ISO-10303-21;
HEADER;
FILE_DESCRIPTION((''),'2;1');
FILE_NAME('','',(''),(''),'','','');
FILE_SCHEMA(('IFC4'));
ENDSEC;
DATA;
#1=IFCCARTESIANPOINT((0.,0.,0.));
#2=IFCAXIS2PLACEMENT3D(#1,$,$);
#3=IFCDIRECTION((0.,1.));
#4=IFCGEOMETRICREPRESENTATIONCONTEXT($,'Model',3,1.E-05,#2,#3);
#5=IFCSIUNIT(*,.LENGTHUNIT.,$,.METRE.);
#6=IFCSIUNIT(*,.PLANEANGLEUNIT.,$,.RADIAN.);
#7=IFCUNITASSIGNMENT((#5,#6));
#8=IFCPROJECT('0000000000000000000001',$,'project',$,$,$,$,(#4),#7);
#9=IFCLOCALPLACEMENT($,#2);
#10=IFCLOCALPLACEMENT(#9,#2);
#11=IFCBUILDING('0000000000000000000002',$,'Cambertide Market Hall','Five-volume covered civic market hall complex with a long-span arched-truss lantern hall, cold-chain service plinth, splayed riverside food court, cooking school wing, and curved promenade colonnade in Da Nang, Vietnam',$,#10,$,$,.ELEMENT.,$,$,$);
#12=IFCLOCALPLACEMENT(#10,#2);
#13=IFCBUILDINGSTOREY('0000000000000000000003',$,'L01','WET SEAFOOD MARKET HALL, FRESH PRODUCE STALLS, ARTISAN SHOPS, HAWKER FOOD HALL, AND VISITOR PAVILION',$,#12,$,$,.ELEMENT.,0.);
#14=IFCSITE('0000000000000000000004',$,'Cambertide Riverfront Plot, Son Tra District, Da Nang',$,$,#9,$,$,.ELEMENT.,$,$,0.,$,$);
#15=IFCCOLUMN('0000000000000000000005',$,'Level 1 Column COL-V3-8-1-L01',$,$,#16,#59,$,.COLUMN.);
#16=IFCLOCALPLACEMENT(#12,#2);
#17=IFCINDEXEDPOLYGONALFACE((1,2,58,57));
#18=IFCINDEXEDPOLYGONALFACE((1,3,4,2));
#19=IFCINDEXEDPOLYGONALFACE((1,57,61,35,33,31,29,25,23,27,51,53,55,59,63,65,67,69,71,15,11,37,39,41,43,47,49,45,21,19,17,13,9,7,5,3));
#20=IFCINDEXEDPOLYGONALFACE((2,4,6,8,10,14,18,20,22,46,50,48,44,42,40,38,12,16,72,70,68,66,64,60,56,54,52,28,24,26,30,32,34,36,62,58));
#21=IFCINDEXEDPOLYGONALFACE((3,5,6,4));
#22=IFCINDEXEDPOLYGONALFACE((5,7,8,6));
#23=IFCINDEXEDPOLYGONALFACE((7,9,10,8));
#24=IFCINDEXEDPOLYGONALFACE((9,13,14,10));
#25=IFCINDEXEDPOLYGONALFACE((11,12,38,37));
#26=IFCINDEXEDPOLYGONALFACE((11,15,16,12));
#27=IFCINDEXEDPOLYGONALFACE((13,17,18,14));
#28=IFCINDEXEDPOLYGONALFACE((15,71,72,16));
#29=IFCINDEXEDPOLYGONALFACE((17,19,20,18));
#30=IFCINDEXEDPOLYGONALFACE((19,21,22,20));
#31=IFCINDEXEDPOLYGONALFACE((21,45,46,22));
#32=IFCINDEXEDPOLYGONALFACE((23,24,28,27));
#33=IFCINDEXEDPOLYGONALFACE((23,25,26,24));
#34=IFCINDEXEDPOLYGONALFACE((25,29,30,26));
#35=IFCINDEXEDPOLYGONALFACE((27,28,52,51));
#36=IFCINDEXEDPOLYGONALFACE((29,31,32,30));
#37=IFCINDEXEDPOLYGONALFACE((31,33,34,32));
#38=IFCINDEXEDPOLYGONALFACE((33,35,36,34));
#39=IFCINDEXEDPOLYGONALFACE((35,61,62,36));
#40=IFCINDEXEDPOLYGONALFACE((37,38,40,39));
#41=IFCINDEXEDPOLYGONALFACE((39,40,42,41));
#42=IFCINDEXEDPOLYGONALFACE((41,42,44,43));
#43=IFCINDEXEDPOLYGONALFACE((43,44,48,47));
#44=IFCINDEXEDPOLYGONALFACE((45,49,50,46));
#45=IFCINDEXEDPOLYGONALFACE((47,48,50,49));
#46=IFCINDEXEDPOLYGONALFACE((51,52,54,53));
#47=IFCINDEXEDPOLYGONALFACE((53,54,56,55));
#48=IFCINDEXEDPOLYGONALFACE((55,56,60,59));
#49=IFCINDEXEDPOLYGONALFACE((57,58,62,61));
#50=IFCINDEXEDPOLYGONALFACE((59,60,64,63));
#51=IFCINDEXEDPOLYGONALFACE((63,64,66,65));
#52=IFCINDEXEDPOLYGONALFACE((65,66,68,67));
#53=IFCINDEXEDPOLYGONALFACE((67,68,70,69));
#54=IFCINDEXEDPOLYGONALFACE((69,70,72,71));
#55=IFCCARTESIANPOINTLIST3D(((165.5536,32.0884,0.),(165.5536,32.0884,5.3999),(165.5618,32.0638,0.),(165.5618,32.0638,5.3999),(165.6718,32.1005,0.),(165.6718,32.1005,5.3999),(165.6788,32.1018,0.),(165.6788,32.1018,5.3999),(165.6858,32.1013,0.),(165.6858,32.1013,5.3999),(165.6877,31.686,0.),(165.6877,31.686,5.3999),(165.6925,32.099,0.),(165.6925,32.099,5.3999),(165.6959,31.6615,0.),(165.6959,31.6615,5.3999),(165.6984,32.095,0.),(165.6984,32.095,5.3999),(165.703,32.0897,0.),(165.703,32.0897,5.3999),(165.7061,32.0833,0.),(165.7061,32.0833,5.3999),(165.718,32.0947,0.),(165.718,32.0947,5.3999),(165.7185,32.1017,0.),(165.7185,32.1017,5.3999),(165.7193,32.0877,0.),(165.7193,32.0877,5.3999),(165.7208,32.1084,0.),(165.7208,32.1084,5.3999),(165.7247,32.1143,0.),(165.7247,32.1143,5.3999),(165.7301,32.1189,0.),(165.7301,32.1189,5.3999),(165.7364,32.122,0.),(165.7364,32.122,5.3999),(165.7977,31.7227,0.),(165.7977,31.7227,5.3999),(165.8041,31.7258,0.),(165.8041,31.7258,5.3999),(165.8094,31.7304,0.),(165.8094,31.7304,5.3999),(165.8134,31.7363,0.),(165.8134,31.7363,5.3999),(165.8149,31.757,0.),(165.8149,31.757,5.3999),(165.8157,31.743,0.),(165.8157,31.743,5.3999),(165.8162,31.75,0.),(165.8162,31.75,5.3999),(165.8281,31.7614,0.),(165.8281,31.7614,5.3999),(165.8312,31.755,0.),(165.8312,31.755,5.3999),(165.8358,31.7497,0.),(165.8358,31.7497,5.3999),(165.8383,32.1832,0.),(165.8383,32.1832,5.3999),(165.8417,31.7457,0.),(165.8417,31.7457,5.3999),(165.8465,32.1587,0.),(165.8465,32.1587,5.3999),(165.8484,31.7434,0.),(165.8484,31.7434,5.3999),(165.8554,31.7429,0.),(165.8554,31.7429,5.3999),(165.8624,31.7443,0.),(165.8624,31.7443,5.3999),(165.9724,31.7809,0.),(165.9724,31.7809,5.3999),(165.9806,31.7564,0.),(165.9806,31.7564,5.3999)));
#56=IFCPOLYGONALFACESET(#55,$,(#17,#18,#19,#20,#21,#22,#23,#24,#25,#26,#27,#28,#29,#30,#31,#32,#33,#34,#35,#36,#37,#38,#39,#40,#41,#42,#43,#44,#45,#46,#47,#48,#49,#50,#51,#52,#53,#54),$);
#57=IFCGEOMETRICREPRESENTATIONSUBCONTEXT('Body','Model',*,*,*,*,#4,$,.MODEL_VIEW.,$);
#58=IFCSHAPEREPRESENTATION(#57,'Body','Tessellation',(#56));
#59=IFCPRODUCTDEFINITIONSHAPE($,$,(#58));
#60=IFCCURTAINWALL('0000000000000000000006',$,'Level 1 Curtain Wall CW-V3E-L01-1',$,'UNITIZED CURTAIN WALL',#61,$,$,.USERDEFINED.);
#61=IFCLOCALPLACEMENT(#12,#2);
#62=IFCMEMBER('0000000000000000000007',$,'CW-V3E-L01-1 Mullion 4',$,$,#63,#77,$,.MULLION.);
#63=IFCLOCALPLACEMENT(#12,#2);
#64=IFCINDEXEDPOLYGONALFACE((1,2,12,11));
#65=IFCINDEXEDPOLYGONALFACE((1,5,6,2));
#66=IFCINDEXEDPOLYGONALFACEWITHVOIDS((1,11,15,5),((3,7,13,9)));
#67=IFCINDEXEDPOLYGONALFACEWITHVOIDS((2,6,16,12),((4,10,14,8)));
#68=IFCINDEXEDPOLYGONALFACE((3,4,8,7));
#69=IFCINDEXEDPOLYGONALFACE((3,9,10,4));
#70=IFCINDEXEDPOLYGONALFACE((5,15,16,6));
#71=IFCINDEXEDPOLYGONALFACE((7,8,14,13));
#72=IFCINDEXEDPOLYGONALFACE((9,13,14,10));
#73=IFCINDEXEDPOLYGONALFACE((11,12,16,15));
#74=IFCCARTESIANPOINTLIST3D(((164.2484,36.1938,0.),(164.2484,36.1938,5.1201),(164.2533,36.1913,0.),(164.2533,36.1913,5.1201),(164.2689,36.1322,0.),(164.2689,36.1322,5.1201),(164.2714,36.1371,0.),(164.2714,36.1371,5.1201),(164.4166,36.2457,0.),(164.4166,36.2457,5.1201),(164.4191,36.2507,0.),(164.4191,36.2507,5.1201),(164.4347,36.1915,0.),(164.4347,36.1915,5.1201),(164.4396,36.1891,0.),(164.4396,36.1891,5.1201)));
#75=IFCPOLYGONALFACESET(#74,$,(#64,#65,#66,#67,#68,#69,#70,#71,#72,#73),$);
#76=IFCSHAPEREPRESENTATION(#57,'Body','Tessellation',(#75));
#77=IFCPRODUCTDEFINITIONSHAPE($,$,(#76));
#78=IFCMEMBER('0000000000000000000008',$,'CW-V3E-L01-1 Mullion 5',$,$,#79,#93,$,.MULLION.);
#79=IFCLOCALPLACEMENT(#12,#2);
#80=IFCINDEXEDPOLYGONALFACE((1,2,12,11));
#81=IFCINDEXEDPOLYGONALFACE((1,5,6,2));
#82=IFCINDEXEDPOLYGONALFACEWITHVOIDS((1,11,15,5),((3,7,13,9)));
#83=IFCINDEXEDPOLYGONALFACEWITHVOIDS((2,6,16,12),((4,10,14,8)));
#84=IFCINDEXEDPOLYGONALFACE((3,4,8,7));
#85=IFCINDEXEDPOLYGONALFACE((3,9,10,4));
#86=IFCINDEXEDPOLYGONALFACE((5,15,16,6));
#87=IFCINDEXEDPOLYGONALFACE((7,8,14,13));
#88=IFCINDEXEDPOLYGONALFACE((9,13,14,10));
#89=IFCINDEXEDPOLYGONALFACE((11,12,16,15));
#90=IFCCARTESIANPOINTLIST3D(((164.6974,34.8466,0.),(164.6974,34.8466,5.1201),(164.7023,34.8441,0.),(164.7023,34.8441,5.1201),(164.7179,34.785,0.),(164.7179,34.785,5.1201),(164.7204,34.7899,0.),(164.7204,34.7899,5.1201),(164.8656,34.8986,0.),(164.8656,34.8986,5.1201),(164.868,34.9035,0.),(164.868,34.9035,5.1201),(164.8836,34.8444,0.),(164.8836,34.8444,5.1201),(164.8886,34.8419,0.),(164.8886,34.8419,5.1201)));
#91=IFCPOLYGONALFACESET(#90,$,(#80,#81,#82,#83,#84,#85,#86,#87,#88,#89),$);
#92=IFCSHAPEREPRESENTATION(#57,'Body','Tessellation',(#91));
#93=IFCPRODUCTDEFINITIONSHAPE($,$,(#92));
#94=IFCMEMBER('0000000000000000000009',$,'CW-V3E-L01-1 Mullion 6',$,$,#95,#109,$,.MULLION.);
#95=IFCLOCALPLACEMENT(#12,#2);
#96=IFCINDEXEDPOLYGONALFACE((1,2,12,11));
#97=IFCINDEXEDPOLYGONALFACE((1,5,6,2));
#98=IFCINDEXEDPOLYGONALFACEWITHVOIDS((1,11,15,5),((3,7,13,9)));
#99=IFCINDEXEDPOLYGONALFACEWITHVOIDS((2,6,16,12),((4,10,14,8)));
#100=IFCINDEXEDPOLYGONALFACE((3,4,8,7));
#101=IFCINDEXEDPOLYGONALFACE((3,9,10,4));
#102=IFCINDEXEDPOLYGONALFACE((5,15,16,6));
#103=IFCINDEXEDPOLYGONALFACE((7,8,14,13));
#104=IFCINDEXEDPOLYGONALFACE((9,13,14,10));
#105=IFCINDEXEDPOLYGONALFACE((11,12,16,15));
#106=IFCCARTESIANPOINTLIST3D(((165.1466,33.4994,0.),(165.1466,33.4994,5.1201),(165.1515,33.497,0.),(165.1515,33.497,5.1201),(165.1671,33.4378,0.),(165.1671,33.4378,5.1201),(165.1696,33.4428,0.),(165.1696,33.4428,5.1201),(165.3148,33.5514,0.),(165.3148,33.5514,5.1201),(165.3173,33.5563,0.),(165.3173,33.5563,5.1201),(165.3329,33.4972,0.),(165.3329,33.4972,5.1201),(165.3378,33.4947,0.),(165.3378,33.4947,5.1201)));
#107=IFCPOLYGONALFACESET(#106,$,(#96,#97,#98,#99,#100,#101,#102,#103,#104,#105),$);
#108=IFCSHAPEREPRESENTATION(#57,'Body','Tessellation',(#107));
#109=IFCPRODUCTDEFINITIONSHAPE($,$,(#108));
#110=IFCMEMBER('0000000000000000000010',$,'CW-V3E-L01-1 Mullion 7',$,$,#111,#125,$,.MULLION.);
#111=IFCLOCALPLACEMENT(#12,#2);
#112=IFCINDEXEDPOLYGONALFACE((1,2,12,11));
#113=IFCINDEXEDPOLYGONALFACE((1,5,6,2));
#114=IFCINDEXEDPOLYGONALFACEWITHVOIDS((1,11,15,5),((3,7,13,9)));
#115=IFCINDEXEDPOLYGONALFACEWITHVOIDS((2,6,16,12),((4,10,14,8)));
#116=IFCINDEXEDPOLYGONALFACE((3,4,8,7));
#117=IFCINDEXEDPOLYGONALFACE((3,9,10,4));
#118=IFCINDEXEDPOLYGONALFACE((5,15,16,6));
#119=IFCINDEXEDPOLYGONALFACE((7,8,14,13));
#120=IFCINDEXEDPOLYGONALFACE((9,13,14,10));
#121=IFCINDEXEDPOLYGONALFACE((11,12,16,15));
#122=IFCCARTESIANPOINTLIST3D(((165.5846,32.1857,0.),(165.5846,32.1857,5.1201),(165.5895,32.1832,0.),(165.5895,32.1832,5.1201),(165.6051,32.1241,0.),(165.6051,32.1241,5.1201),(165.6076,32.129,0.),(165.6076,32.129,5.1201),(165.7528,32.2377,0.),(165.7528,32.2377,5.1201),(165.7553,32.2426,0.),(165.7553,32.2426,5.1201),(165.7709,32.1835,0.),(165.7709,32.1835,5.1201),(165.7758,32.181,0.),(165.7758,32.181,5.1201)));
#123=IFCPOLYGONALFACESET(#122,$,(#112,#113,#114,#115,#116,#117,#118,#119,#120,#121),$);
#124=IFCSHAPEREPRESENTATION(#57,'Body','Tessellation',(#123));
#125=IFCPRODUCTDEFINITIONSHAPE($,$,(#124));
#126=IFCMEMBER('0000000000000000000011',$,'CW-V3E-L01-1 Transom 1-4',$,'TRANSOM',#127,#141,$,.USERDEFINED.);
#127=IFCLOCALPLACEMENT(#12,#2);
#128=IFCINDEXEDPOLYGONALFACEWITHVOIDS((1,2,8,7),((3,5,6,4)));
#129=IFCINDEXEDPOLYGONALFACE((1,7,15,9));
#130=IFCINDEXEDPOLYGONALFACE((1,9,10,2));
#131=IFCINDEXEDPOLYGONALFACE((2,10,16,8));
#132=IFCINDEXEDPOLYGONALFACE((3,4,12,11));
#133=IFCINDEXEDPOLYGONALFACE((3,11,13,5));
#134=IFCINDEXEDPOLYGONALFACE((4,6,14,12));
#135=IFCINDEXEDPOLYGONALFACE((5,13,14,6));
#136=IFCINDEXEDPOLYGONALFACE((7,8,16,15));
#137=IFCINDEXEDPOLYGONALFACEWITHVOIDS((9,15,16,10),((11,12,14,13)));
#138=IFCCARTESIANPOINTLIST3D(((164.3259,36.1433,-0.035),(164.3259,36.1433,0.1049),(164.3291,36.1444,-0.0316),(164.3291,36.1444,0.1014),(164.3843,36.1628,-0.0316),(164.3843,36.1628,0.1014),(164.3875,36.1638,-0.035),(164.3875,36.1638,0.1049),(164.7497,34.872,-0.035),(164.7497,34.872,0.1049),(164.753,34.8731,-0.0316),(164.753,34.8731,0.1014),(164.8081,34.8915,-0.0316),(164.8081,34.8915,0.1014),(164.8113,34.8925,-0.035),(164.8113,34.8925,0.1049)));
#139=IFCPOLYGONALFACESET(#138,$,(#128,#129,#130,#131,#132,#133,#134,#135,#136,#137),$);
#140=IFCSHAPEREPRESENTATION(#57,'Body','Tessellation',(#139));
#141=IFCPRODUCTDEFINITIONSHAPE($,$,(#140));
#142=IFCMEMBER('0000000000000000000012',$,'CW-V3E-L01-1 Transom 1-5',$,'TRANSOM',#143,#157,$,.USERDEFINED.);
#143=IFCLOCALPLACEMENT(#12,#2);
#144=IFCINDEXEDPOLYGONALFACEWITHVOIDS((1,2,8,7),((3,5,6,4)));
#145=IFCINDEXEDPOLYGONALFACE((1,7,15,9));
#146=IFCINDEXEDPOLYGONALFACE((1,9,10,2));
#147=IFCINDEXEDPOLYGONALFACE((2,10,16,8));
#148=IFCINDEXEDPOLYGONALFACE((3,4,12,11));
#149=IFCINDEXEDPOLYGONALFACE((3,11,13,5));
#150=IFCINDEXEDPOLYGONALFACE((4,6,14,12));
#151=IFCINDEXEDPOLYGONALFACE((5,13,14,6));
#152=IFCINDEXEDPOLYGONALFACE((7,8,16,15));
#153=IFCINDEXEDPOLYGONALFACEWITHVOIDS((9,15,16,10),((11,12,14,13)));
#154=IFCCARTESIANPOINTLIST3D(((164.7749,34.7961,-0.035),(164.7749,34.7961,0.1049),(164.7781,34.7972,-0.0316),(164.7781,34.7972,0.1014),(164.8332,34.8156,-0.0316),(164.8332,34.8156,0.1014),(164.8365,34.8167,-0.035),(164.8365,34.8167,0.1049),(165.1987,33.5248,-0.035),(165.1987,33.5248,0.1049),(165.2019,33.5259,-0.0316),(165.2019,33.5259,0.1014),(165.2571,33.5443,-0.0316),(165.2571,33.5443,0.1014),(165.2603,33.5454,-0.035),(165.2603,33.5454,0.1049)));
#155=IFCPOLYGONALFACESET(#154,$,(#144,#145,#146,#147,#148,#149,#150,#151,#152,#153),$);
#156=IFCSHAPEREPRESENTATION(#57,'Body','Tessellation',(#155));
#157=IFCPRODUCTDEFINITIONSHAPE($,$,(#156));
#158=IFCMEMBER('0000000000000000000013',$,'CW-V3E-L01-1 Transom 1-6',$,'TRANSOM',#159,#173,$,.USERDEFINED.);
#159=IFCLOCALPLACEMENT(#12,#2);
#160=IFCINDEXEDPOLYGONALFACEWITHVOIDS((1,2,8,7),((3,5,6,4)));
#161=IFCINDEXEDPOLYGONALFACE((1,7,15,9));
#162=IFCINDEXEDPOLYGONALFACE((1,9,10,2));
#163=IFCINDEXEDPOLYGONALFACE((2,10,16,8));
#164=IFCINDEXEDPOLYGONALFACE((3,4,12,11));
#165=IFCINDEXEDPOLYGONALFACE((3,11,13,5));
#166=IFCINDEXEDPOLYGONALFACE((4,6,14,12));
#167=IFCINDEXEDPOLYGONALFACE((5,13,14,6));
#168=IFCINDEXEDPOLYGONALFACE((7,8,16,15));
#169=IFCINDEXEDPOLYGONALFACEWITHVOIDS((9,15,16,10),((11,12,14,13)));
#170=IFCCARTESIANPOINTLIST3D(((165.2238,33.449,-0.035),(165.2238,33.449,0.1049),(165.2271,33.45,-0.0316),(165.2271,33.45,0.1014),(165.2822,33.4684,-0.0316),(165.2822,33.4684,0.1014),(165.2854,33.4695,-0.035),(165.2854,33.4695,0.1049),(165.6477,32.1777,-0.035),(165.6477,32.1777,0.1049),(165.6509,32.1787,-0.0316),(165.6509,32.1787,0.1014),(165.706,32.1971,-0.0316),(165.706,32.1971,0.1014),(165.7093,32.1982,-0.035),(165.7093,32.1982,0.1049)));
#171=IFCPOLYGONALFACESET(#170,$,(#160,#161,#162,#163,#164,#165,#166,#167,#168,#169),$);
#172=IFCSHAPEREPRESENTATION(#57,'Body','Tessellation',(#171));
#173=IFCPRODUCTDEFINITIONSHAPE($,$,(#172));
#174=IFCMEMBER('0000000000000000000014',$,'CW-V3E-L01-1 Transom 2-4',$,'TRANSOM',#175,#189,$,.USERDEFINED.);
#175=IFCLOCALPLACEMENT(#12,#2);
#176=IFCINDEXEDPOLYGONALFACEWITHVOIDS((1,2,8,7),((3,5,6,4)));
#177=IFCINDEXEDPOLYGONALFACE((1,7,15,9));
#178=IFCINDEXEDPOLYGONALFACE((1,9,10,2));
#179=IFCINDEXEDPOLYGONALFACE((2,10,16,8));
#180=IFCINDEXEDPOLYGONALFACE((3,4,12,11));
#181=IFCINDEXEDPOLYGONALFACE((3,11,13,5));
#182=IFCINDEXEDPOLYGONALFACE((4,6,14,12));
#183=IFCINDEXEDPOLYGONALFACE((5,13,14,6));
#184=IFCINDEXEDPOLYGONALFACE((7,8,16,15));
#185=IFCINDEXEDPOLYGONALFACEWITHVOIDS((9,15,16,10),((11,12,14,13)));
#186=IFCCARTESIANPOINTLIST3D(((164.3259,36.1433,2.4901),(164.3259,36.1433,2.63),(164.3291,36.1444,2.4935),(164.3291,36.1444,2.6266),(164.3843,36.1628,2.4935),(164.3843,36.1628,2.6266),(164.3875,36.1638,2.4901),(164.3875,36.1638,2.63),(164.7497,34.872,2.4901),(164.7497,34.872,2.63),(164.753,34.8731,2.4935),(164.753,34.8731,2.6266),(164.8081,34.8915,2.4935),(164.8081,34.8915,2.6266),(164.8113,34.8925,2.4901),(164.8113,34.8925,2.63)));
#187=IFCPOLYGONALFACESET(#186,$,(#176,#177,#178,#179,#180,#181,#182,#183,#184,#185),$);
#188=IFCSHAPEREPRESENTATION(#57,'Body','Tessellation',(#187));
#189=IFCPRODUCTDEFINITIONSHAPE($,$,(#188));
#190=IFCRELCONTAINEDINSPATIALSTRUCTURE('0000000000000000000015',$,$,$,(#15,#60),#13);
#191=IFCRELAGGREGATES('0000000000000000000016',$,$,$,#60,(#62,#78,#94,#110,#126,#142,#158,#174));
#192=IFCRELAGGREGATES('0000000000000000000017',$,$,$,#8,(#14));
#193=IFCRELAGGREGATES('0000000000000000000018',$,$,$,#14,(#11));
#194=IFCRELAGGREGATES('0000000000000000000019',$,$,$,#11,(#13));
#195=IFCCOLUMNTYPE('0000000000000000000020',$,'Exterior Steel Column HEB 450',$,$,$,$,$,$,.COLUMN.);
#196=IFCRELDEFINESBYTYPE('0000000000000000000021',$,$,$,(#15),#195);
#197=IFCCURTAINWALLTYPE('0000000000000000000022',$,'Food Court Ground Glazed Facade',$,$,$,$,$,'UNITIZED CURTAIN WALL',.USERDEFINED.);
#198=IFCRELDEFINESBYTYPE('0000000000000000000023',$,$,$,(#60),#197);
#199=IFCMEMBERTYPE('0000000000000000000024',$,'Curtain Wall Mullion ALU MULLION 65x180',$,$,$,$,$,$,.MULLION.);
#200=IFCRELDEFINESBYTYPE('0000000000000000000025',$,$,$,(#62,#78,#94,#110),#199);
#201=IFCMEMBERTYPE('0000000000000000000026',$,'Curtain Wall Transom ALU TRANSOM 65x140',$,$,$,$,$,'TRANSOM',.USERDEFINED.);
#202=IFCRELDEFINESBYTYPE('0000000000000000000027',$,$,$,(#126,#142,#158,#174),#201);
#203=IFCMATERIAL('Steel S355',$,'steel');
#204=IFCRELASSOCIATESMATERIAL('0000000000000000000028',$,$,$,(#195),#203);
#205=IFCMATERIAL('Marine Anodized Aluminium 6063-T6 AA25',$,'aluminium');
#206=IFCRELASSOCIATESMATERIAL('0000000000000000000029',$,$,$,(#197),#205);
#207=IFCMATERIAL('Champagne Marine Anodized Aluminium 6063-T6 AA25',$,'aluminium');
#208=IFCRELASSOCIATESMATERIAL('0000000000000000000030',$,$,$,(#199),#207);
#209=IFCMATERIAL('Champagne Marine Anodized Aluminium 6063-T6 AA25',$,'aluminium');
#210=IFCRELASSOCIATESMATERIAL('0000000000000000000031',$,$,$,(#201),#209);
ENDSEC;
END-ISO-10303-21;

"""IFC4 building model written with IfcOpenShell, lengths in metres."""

from ifc_helpers import new_model, si_unit, direction, frame, origin, origin_2d, place, context, subcontext, project, spatial, hollow_rectangle, i_section, extrude, material, material_profile, profile_set, type_object, element, aggregate, save


model = new_model("IFC4")

# Units and contexts
model_context = context("Model", 3, precision=1e-05, world=origin(), true_north=direction((0.0, 1.0)))
body_context = subcontext(model_context, "Body", "Model", "MODEL_VIEW")
ifc_project = project(units=[si_unit("LENGTHUNIT", "METRE"), si_unit("PLANEANGLEUNIT", "RADIAN")], contexts=[model_context])

# Site, building, storey
site_placement = place(None, origin())
site = spatial("IfcSite", under=ifc_project, at=site_placement, Name="Cambertide Riverfront Plot, Son Tra District, Da Nang", CompositionType="ELEMENT", RefElevation=0.0)
building_placement = place(site_placement, origin())
building = spatial("IfcBuilding", under=site, at=building_placement, Name="Cambertide Market Hall", Description="Five-volume covered civic market hall complex with a long-span arched-truss lantern hall, cold-chain service plinth, splayed riverside food court, cooking school wing, and curved promenade colonnade in Da Nang, Vietnam", CompositionType="ELEMENT")
storey_placement = place(building_placement, origin())
storey = spatial("IfcBuildingStorey", under=building, at=storey_placement, Name="L01", Description="WET SEAFOOD MARKET HALL, FRESH PRODUCE STALLS, ARTISAN SHOPS, HAWKER FOOD HALL, AND VISITOR PAVILION", CompositionType="ELEMENT", Elevation=0.0)

# Column
ifc_material_1 = material(Name="Steel S355", Category="steel")
ifc_material_profile_1 = material_profile(ifc_material_1, i_section(OverallWidth=0.3, OverallDepth=0.45, WebThickness=0.0139, FlangeThickness=0.0259, FilletRadius=0.0271, at=origin_2d()), Name="HEB 450")
ifc_profile_set_1 = profile_set([ifc_material_profile_1], Name="Steel S355")
column_type = type_object("IfcColumnType", Name="Exterior Steel Column HEB 450", PredefinedType="COLUMN", material=ifc_profile_set_1)
column_placement = place(storey_placement, frame((165.7671, 31.9224, 0.0), z_axis=(0.0, 0.0, 1.0), x_axis=(0.948683, 0.316228, 0.0)))
element("IfcColumn", 1, at=column_placement, inside=storey, type_object=column_type, Name="Level 1 Column COL-V3-8-1-L01", PredefinedType="COLUMN", context=body_context, shape_type="SweptSolid", body=[
    extrude(i_section(OverallWidth=0.3, OverallDepth=0.45, WebThickness=0.0139, FlangeThickness=0.0259, FilletRadius=0.0271, at=origin_2d()), origin(), (0.0, 0.0, 1.0), 5.3999),
])

# Curtain wall, members
ifc_material_2 = material(Name="Marine Anodized Aluminium 6063-T6 AA25", Category="aluminium")
curtain_wall_type = type_object("IfcCurtainWallType", Name="Food Court Ground Glazed Facade", ElementType="UNITIZED CURTAIN WALL", PredefinedType="USERDEFINED", material=ifc_material_2)
curtain_wall_placement = place(storey_placement, origin())
curtain_wall = element("IfcCurtainWall", 2, at=curtain_wall_placement, inside=storey, type_object=curtain_wall_type, Name="Level 1 Curtain Wall CW-V3E-L01-1", ObjectType="UNITIZED CURTAIN WALL", PredefinedType="USERDEFINED")
ifc_material_3 = material(Name="Champagne Marine Anodized Aluminium 6063-T6 AA25", Category="aluminium")
ifc_material_profile_2 = material_profile(ifc_material_3, hollow_rectangle(XDim=0.0649, YDim=0.1799, WallThickness=0.0039, at=origin_2d()), Name="ALU MULLION 65x180")
ifc_profile_set_2 = profile_set([ifc_material_profile_2], Name="Champagne Marine Anodized Aluminium 6063-T6 AA25")
member_type_1 = type_object("IfcMemberType", Name="Curtain Wall Mullion ALU MULLION 65x180", PredefinedType="MULLION", material=ifc_profile_set_2)
member_1_placement = place(storey_placement, frame((164.344, 36.1914, 0.0), z_axis=(0.0, 0.0, 1.0), x_axis=(0.316228, -0.948683, 0.0)))
member_1 = element("IfcMember", 3, at=member_1_placement, type_object=member_type_1, Name="CW-V3E-L01-1 Mullion 4", PredefinedType="MULLION", context=body_context, shape_type="SweptSolid", body=[
    extrude(hollow_rectangle(XDim=0.0649, YDim=0.1799, WallThickness=0.0039, at=origin_2d()), origin(), (0.0, 0.0, 1.0), 5.1201),
])
member_2_placement = place(storey_placement, frame((164.793, 34.8442, 0.0), z_axis=(0.0, 0.0, 1.0), x_axis=(0.316228, -0.948683, 0.0)))
member_2 = element("IfcMember", 4, at=member_2_placement, type_object=member_type_1, Name="CW-V3E-L01-1 Mullion 5", PredefinedType="MULLION", context=body_context, shape_type="SweptSolid", body=[
    extrude(hollow_rectangle(XDim=0.0649, YDim=0.1799, WallThickness=0.0039, at=origin_2d()), origin(), (0.0, 0.0, 1.0), 5.1201),
])
member_3_placement = place(storey_placement, frame((165.2422, 33.4971, 0.0), z_axis=(0.0, 0.0, 1.0), x_axis=(0.316228, -0.948683, 0.0)))
member_3 = element("IfcMember", 5, at=member_3_placement, type_object=member_type_1, Name="CW-V3E-L01-1 Mullion 6", PredefinedType="MULLION", context=body_context, shape_type="SweptSolid", body=[
    extrude(hollow_rectangle(XDim=0.0649, YDim=0.1799, WallThickness=0.0039, at=origin_2d()), origin(), (0.0, 0.0, 1.0), 5.1201),
])
member_4_placement = place(storey_placement, frame((165.6802, 32.1833, 0.0), z_axis=(0.0, 0.0, 1.0), x_axis=(0.316228, -0.948683, 0.0)))
member_4 = element("IfcMember", 6, at=member_4_placement, type_object=member_type_1, Name="CW-V3E-L01-1 Mullion 7", PredefinedType="MULLION", context=body_context, shape_type="SweptSolid", body=[
    extrude(hollow_rectangle(XDim=0.0649, YDim=0.1799, WallThickness=0.0039, at=origin_2d()), origin(), (0.0, 0.0, 1.0), 5.1201),
])
ifc_material_4 = material(Name="Champagne Marine Anodized Aluminium 6063-T6 AA25", Category="aluminium")
ifc_material_profile_3 = material_profile(ifc_material_4, hollow_rectangle(XDim=0.0649, YDim=0.1399, WallThickness=0.0034, at=origin_2d()), Name="ALU TRANSOM 65x140")
ifc_profile_set_3 = profile_set([ifc_material_profile_3], Name="Champagne Marine Anodized Aluminium 6063-T6 AA25")
member_type_2 = type_object("IfcMemberType", Name="Curtain Wall Transom ALU TRANSOM 65x140", ElementType="TRANSOM", PredefinedType="USERDEFINED", material=ifc_profile_set_3)
member_5_placement = place(storey_placement, frame((164.3567, 36.1536, 0.0349), z_axis=(0.316282, -0.948665, 0.0), x_axis=(0.948665, 0.316282, 0.0)))
member_5 = element("IfcMember", 7, at=member_5_placement, type_object=member_type_2, Name="CW-V3E-L01-1 Transom 1-4", ObjectType="TRANSOM", PredefinedType="USERDEFINED", context=body_context, shape_type="SweptSolid", body=[
    extrude(hollow_rectangle(XDim=0.0649, YDim=0.1399, WallThickness=0.0034, at=origin_2d()), origin(), (0.0, 0.0, 1.0), 1.3401),
])
member_6_placement = place(storey_placement, frame((164.8057, 34.8064, 0.0349), z_axis=(0.316282, -0.948665, 0.0), x_axis=(0.948665, 0.316282, 0.0)))
member_6 = element("IfcMember", 8, at=member_6_placement, type_object=member_type_2, Name="CW-V3E-L01-1 Transom 1-5", ObjectType="TRANSOM", PredefinedType="USERDEFINED", context=body_context, shape_type="SweptSolid", body=[
    extrude(hollow_rectangle(XDim=0.0649, YDim=0.1399, WallThickness=0.0034, at=origin_2d()), origin(), (0.0, 0.0, 1.0), 1.3401),
])
member_7_placement = place(storey_placement, frame((165.2546, 33.4592, 0.0349), z_axis=(0.316282, -0.948665, 0.0), x_axis=(0.948665, 0.316282, 0.0)))
member_7 = element("IfcMember", 9, at=member_7_placement, type_object=member_type_2, Name="CW-V3E-L01-1 Transom 1-6", ObjectType="TRANSOM", PredefinedType="USERDEFINED", context=body_context, shape_type="SweptSolid", body=[
    extrude(hollow_rectangle(XDim=0.0649, YDim=0.1399, WallThickness=0.0034, at=origin_2d()), origin(), (0.0, 0.0, 1.0), 1.3401),
])
member_8_placement = place(storey_placement, frame((164.3567, 36.1536, 2.5601), z_axis=(0.316282, -0.948665, 0.0), x_axis=(0.948665, 0.316282, 0.0)))
member_8 = element("IfcMember", 10, at=member_8_placement, type_object=member_type_2, Name="CW-V3E-L01-1 Transom 2-4", ObjectType="TRANSOM", PredefinedType="USERDEFINED", context=body_context, shape_type="SweptSolid", body=[
    extrude(hollow_rectangle(XDim=0.0649, YDim=0.1399, WallThickness=0.0034, at=origin_2d()), origin(), (0.0, 0.0, 1.0), 1.3401),
])

aggregate(curtain_wall, [member_1, member_2, member_3, member_4, member_5, member_6, member_7, member_8])

save(model, "model.ifc")
